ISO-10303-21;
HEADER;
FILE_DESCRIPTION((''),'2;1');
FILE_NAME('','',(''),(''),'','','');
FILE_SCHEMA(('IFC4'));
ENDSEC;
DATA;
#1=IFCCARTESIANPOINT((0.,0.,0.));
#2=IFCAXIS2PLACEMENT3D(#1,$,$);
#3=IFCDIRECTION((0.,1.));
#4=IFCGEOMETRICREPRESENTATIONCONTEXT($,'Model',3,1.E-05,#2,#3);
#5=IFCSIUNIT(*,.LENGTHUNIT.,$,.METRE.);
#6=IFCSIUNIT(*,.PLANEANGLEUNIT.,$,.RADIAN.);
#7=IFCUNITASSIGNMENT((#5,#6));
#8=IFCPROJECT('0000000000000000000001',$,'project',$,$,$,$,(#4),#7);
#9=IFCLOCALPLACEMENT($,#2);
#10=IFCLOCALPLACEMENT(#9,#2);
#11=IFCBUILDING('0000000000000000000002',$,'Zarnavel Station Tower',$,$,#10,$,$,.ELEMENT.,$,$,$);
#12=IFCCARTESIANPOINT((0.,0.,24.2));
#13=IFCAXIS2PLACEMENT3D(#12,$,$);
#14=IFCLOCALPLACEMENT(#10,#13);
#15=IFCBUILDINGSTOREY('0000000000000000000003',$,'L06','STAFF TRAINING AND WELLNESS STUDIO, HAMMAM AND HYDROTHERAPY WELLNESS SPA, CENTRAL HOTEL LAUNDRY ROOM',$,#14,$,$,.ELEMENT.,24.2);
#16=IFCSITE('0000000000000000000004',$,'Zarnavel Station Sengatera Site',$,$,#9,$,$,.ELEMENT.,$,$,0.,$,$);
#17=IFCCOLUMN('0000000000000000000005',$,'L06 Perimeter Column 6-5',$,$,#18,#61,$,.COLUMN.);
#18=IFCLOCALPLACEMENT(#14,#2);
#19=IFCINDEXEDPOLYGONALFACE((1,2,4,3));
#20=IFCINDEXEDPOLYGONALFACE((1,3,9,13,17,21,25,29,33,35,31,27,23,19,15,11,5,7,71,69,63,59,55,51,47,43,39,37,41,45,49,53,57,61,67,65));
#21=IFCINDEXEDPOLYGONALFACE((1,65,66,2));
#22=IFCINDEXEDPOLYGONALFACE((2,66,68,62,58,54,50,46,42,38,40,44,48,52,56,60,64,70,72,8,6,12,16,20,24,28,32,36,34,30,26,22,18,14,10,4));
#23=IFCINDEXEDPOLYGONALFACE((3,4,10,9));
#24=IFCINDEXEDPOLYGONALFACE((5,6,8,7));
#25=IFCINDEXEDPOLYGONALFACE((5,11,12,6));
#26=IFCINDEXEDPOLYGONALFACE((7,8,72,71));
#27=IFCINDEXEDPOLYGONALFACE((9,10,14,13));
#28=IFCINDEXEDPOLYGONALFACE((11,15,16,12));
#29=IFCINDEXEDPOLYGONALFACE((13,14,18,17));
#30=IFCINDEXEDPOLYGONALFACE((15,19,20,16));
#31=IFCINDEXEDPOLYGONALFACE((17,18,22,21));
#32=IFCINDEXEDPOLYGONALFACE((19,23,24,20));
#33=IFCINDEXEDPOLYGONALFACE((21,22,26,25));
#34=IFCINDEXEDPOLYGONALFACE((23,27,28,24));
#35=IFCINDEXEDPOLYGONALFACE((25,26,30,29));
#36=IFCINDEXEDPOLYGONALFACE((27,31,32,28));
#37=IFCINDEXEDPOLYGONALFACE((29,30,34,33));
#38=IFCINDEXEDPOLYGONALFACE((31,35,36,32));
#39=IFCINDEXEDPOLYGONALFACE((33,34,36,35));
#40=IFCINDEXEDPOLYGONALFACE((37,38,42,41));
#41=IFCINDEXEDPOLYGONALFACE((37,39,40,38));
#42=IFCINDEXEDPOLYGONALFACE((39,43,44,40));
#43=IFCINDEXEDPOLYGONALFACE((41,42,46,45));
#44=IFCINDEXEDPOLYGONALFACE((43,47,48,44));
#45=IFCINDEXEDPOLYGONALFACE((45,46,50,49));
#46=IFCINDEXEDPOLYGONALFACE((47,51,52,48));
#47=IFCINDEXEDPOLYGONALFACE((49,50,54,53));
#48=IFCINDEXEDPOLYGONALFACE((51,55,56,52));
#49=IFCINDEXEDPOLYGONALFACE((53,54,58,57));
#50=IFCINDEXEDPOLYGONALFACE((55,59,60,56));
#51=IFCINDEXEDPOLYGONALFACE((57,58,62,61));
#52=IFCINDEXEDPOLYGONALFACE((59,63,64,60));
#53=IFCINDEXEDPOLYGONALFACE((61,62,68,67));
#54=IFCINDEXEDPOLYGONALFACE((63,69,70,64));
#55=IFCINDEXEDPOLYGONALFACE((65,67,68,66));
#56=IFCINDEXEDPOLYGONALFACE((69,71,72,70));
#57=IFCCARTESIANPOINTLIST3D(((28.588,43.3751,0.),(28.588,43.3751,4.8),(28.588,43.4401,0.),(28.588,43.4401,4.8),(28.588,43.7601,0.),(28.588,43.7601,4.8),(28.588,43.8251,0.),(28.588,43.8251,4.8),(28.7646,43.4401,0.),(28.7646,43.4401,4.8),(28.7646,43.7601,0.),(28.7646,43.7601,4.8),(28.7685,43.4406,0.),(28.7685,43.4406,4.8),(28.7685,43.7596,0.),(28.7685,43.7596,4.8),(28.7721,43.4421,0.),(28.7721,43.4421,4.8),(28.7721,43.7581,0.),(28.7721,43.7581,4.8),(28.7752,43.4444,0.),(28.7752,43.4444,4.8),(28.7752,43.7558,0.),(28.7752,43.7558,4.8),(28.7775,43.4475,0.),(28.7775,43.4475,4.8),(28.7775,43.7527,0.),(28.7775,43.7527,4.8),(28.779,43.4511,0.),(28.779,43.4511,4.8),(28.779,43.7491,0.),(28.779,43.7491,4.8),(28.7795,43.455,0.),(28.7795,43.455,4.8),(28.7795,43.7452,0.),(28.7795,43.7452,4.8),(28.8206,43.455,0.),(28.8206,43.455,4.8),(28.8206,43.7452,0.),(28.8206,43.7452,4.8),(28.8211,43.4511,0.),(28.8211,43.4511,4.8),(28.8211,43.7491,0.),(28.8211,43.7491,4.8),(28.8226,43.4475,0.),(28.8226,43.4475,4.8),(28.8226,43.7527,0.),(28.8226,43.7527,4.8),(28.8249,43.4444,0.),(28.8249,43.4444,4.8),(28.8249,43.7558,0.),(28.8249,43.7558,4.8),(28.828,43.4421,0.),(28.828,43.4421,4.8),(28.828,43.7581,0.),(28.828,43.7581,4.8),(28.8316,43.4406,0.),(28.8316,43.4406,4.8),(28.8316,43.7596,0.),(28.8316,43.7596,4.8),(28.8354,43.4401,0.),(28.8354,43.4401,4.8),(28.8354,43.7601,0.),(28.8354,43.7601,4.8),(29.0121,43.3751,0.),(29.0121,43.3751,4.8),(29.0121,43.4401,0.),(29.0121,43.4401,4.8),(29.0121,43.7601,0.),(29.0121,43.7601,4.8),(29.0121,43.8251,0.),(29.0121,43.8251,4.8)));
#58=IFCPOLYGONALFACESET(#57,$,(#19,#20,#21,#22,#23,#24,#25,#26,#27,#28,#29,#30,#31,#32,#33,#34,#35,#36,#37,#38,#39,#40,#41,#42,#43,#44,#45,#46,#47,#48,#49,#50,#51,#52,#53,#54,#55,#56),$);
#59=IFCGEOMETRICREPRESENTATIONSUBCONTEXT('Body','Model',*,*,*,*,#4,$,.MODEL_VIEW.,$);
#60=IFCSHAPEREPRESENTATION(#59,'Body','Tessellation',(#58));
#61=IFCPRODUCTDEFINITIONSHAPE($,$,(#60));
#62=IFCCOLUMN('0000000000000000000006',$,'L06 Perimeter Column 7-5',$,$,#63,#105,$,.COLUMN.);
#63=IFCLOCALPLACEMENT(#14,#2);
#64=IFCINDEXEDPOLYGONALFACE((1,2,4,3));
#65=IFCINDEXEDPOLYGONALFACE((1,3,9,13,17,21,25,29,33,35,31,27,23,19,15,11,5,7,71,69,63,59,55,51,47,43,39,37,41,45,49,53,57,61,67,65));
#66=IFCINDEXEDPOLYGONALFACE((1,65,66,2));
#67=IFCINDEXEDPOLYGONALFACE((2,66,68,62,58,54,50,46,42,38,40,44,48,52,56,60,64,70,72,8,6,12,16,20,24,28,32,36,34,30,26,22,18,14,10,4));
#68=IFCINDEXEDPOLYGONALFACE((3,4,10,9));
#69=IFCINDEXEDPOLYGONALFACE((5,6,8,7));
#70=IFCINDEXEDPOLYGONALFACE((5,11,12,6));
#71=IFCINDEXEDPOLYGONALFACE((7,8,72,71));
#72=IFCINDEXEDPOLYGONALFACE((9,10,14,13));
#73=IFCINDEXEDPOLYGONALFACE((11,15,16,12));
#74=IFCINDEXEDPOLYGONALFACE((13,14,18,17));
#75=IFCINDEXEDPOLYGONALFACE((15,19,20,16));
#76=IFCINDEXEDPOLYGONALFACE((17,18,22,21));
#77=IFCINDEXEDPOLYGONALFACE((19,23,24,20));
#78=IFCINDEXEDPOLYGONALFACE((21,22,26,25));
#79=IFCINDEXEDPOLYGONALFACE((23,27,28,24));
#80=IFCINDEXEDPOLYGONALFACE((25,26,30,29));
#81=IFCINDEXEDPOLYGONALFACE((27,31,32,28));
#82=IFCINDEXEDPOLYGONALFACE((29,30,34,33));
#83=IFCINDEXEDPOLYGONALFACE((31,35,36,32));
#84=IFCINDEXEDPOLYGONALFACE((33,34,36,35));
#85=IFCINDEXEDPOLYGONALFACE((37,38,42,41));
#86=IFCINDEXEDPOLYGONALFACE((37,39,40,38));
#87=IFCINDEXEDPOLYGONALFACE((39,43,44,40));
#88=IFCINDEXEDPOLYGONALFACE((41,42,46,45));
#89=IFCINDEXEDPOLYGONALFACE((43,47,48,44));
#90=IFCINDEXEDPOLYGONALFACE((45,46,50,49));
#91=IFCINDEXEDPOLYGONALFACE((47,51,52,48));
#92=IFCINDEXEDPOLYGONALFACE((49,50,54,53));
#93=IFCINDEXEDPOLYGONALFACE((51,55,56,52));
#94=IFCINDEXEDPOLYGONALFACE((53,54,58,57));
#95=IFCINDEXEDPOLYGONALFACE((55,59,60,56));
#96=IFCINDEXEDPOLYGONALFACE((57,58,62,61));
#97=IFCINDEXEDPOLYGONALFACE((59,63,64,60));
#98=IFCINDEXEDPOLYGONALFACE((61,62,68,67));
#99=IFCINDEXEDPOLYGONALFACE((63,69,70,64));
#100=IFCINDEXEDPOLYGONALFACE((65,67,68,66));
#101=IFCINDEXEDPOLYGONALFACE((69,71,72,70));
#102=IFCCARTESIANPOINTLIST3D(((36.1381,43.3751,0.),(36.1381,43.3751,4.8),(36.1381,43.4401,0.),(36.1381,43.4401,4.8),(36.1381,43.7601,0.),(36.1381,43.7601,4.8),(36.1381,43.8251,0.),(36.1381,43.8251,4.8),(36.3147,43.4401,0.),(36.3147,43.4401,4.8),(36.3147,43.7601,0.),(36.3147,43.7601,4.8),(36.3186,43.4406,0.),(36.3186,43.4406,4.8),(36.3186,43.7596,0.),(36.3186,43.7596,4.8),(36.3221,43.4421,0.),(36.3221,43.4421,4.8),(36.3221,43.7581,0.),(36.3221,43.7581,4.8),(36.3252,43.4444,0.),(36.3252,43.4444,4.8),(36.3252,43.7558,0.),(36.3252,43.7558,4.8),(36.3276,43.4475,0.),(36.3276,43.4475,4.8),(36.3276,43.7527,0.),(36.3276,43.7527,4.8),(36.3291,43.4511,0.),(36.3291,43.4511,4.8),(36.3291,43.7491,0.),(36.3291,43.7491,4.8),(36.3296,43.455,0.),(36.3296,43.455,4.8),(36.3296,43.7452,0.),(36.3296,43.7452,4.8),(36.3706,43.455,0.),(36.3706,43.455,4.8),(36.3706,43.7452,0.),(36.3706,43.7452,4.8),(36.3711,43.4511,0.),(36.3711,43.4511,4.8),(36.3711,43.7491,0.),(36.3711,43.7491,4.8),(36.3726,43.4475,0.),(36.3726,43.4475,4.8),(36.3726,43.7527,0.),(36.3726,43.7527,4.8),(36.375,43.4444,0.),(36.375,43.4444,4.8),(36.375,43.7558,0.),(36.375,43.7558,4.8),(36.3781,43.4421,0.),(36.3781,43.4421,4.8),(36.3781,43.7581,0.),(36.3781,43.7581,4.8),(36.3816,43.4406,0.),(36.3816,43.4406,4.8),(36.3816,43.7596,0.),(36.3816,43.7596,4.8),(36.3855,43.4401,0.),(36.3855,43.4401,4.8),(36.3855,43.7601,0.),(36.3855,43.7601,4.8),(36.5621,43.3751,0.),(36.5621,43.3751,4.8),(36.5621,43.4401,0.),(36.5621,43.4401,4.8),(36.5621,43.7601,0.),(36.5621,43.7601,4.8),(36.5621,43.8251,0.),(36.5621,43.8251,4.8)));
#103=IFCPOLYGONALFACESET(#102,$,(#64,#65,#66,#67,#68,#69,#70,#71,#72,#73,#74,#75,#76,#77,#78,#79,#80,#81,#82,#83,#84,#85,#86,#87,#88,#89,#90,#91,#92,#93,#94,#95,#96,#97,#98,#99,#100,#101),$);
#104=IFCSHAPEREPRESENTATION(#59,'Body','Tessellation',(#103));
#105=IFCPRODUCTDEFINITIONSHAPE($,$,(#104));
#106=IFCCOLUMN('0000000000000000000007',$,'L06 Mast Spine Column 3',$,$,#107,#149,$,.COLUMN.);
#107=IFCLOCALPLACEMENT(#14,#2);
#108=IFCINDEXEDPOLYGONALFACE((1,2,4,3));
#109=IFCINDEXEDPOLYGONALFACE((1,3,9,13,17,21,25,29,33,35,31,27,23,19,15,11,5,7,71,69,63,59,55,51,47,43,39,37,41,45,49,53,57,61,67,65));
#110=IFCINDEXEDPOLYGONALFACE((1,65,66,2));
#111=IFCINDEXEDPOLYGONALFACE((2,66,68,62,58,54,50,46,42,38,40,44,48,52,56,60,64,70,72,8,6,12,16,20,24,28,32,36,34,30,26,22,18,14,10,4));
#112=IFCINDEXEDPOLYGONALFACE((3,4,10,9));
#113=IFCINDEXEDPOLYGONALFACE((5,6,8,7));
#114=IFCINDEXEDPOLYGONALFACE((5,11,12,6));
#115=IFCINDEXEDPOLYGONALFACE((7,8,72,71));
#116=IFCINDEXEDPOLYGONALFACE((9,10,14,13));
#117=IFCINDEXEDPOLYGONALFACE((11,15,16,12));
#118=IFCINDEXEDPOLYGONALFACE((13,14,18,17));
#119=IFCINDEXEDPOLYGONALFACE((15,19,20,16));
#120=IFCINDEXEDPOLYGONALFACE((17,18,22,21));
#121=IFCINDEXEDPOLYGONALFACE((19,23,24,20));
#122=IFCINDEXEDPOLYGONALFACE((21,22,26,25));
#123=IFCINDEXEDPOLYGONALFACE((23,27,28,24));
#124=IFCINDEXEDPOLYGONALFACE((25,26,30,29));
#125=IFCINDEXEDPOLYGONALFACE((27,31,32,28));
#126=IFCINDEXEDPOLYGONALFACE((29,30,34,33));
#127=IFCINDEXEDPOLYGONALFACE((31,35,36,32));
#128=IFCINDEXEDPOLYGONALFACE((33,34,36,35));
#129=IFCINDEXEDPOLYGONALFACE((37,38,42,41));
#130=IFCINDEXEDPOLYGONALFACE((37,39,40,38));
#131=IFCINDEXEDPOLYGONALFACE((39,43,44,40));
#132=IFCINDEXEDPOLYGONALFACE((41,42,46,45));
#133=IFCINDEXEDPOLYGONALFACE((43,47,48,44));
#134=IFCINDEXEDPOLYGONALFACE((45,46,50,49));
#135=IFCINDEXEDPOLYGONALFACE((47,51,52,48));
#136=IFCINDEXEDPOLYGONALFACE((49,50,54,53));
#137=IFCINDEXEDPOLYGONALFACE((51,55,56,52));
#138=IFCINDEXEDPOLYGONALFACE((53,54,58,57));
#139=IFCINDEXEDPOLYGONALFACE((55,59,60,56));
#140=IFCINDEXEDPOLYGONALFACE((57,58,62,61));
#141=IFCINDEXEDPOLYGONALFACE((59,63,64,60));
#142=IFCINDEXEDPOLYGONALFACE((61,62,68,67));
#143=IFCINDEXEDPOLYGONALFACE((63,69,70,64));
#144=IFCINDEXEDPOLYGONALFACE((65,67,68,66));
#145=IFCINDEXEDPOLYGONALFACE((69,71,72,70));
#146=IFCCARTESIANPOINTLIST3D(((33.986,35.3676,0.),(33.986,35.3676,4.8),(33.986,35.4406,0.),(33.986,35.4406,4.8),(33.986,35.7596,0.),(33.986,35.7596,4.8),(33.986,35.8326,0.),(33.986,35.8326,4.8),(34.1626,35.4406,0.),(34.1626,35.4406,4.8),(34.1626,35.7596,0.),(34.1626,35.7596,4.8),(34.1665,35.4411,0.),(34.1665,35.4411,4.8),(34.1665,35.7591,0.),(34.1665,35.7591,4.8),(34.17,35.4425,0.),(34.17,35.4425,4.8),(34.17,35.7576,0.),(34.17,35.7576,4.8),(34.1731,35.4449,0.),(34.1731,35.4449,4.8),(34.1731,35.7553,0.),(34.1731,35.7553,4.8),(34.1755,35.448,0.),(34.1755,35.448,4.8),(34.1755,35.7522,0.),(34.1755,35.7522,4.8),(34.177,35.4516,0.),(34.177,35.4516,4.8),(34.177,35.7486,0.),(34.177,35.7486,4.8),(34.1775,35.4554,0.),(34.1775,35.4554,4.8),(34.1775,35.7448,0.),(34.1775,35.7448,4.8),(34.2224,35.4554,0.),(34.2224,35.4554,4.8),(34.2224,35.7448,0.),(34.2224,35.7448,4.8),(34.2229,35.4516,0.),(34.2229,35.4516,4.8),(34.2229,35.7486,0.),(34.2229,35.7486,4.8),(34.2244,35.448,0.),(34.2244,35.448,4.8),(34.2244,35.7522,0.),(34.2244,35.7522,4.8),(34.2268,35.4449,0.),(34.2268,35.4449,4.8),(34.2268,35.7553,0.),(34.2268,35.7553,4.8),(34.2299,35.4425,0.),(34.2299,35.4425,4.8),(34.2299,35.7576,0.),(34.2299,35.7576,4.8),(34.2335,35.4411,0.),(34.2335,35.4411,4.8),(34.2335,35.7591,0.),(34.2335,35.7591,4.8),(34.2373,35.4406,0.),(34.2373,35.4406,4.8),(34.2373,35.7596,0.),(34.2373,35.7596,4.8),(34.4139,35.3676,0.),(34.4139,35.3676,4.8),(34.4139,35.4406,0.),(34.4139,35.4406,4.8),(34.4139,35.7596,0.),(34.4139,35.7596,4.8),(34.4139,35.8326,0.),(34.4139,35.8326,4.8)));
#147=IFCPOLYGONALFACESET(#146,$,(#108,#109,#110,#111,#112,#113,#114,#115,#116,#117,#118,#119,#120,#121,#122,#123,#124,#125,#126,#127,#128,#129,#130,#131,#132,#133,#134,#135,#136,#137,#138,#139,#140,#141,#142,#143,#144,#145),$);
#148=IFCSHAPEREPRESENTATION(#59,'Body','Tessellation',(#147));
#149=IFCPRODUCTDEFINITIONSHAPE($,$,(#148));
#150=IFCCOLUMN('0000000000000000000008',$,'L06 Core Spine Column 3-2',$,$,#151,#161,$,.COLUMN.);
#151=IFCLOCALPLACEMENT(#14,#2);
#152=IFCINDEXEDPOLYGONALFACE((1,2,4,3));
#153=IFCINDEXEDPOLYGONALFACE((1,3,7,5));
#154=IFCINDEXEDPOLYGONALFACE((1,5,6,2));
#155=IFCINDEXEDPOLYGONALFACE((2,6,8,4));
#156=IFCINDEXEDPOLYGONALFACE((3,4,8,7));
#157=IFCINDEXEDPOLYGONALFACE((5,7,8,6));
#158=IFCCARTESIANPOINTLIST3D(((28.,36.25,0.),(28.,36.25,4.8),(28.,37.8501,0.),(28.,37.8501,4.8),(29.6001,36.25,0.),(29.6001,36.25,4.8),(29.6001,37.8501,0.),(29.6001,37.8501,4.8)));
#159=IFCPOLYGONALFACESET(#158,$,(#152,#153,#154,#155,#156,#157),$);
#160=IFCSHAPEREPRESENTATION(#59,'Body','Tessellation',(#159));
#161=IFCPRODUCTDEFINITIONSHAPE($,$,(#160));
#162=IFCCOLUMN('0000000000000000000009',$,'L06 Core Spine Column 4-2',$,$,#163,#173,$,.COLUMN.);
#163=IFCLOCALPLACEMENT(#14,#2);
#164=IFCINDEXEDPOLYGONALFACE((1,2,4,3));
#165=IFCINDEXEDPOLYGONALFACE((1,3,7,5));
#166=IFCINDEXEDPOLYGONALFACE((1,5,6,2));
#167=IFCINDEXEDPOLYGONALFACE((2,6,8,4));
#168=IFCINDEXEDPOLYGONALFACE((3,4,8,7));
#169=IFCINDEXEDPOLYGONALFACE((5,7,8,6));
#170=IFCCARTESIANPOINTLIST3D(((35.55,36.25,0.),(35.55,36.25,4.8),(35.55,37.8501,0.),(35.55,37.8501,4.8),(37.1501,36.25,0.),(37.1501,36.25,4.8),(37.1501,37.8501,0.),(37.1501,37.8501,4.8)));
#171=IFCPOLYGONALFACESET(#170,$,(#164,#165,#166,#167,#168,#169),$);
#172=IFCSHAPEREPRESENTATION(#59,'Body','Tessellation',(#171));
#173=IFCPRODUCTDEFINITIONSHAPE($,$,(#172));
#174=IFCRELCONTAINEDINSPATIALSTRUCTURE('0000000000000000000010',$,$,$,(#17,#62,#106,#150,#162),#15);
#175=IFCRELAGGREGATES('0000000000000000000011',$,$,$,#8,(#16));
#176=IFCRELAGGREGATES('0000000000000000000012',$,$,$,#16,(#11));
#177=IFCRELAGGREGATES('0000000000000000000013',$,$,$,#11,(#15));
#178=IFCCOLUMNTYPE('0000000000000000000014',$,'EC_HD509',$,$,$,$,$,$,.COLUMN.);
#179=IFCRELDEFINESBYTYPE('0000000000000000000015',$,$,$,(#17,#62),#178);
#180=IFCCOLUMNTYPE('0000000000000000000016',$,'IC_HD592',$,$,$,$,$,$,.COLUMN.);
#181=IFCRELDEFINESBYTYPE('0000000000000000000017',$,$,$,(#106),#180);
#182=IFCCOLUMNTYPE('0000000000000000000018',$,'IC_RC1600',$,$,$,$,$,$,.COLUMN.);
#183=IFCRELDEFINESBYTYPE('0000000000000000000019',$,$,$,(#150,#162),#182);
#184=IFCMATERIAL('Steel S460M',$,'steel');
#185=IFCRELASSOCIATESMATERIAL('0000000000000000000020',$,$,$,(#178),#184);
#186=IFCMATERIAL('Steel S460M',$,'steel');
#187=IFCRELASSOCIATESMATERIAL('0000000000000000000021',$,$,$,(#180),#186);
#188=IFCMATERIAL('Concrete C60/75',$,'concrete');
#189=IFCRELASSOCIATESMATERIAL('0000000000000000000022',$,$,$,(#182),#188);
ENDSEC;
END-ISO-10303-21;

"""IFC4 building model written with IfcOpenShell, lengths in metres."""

from ifc_helpers import new_model, si_unit, direction, frame, origin, origin_2d, place, context, subcontext, project, spatial, rectangle, i_section, extrude, material, material_profile, profile_set, type_object, element, save


model = new_model("IFC4")

# Units and contexts
model_context = context("Model", 3, precision=1e-05, world=origin(), true_north=direction((0.0, 1.0)))
body_context = subcontext(model_context, "Body", "Model", "MODEL_VIEW")
ifc_project = project(units=[si_unit("LENGTHUNIT", "METRE"), si_unit("PLANEANGLEUNIT", "RADIAN")], contexts=[model_context])

# Site, building, storey
site_placement = place(None, origin())
site = spatial("IfcSite", under=ifc_project, at=site_placement, Name="Zarnavel Station Sengatera Site", CompositionType="ELEMENT", RefElevation=0.0)
building_placement = place(site_placement, origin())
building = spatial("IfcBuilding", under=site, at=building_placement, Name="Zarnavel Station Tower", CompositionType="ELEMENT")
storey_placement = place(building_placement, frame((0.0, 0.0, 24.2)))
storey = spatial("IfcBuildingStorey", under=building, at=storey_placement, Name="L06", Description="STAFF TRAINING AND WELLNESS STUDIO, HAMMAM AND HYDROTHERAPY WELLNESS SPA, CENTRAL HOTEL LAUNDRY ROOM", CompositionType="ELEMENT", Elevation=24.2)

# Columns
ifc_material_1 = material(Name="Steel S460M", Category="steel")
ifc_material_profile_1 = material_profile(ifc_material_1, i_section(OverallWidth=0.4241, OverallDepth=0.45, WebThickness=0.041, FlangeThickness=0.0649, FilletRadius=0.0149, at=origin_2d()), Name="HD400x509")
ifc_profile_set_1 = profile_set([ifc_material_profile_1], Name="Steel S460M")
column_type_1 = type_object("IfcColumnType", Name="EC_HD509", PredefinedType="COLUMN", material=ifc_profile_set_1)
for number, where, z_axis, x_axis, name in (
    (1, (28.8, 43.6001, 0.0), (0.0, 0.0, 1.0), (1.0, 0.0, 0.0), "L06 Perimeter Column 6-5"),
    (2, (36.3501, 43.6001, 0.0), (0.0, 0.0, 1.0), (1.0, 0.0, 0.0), "L06 Perimeter Column 7-5"),
):
    element("IfcColumn", number, at=place(storey_placement, frame(where, z_axis=z_axis, x_axis=x_axis)), inside=storey, type_object=column_type_1, Name=name, PredefinedType="COLUMN", context=body_context, shape_type="SweptSolid", body=[
        extrude(i_section(OverallWidth=0.4241, OverallDepth=0.45, WebThickness=0.041, FlangeThickness=0.0649, FilletRadius=0.0149, at=origin_2d()), origin(), (0.0, 0.0, 1.0), 4.8),
    ])
ifc_material_2 = material(Name="Steel S460M", Category="steel")
ifc_material_profile_2 = material_profile(ifc_material_2, i_section(OverallWidth=0.428, OverallDepth=0.4651, WebThickness=0.0449, FlangeThickness=0.073, FilletRadius=0.0149, at=origin_2d()), Name="HD400x592")
ifc_profile_set_2 = profile_set([ifc_material_profile_2], Name="Steel S460M")
column_type_2 = type_object("IfcColumnType", Name="IC_HD592", PredefinedType="COLUMN", material=ifc_profile_set_2)
column_placement = place(storey_placement, frame((34.2, 35.6001, 0.0), z_axis=(0.0, 0.0, 1.0), x_axis=(1.0, 0.0, 0.0)))
element("IfcColumn", 3, at=column_placement, inside=storey, type_object=column_type_2, Name="L06 Mast Spine Column 3", PredefinedType="COLUMN", context=body_context, shape_type="SweptSolid", body=[
    extrude(i_section(OverallWidth=0.428, OverallDepth=0.4651, WebThickness=0.0449, FlangeThickness=0.073, FilletRadius=0.0149, at=origin_2d()), origin(), (0.0, 0.0, 1.0), 4.8),
])
ifc_material_3 = material(Name="Concrete C60/75", Category="concrete")
ifc_material_profile_3 = material_profile(ifc_material_3, rectangle(XDim=1.6001, YDim=1.6001, at=origin_2d()), Name="RC1600x1600")
ifc_profile_set_3 = profile_set([ifc_material_profile_3], Name="Concrete C60/75")
column_type_3 = type_object("IfcColumnType", Name="IC_RC1600", PredefinedType="COLUMN", material=ifc_profile_set_3)
for number, where, z_axis, x_axis, name in (
    (4, (28.8, 37.05, 0.0), (0.0, 0.0, 1.0), (1.0, 0.0, 0.0), "L06 Core Spine Column 3-2"),
    (5, (36.3501, 37.05, 0.0), (0.0, 0.0, 1.0), (1.0, 0.0, 0.0), "L06 Core Spine Column 4-2"),
):
    element("IfcColumn", number, at=place(storey_placement, frame(where, z_axis=z_axis, x_axis=x_axis)), inside=storey, type_object=column_type_3, Name=name, PredefinedType="COLUMN", context=body_context, shape_type="SweptSolid", body=[
        extrude(rectangle(XDim=1.6001, YDim=1.6001, at=origin_2d()), origin(), (0.0, 0.0, 1.0), 4.8),
    ])

save(model, "model.ifc")
